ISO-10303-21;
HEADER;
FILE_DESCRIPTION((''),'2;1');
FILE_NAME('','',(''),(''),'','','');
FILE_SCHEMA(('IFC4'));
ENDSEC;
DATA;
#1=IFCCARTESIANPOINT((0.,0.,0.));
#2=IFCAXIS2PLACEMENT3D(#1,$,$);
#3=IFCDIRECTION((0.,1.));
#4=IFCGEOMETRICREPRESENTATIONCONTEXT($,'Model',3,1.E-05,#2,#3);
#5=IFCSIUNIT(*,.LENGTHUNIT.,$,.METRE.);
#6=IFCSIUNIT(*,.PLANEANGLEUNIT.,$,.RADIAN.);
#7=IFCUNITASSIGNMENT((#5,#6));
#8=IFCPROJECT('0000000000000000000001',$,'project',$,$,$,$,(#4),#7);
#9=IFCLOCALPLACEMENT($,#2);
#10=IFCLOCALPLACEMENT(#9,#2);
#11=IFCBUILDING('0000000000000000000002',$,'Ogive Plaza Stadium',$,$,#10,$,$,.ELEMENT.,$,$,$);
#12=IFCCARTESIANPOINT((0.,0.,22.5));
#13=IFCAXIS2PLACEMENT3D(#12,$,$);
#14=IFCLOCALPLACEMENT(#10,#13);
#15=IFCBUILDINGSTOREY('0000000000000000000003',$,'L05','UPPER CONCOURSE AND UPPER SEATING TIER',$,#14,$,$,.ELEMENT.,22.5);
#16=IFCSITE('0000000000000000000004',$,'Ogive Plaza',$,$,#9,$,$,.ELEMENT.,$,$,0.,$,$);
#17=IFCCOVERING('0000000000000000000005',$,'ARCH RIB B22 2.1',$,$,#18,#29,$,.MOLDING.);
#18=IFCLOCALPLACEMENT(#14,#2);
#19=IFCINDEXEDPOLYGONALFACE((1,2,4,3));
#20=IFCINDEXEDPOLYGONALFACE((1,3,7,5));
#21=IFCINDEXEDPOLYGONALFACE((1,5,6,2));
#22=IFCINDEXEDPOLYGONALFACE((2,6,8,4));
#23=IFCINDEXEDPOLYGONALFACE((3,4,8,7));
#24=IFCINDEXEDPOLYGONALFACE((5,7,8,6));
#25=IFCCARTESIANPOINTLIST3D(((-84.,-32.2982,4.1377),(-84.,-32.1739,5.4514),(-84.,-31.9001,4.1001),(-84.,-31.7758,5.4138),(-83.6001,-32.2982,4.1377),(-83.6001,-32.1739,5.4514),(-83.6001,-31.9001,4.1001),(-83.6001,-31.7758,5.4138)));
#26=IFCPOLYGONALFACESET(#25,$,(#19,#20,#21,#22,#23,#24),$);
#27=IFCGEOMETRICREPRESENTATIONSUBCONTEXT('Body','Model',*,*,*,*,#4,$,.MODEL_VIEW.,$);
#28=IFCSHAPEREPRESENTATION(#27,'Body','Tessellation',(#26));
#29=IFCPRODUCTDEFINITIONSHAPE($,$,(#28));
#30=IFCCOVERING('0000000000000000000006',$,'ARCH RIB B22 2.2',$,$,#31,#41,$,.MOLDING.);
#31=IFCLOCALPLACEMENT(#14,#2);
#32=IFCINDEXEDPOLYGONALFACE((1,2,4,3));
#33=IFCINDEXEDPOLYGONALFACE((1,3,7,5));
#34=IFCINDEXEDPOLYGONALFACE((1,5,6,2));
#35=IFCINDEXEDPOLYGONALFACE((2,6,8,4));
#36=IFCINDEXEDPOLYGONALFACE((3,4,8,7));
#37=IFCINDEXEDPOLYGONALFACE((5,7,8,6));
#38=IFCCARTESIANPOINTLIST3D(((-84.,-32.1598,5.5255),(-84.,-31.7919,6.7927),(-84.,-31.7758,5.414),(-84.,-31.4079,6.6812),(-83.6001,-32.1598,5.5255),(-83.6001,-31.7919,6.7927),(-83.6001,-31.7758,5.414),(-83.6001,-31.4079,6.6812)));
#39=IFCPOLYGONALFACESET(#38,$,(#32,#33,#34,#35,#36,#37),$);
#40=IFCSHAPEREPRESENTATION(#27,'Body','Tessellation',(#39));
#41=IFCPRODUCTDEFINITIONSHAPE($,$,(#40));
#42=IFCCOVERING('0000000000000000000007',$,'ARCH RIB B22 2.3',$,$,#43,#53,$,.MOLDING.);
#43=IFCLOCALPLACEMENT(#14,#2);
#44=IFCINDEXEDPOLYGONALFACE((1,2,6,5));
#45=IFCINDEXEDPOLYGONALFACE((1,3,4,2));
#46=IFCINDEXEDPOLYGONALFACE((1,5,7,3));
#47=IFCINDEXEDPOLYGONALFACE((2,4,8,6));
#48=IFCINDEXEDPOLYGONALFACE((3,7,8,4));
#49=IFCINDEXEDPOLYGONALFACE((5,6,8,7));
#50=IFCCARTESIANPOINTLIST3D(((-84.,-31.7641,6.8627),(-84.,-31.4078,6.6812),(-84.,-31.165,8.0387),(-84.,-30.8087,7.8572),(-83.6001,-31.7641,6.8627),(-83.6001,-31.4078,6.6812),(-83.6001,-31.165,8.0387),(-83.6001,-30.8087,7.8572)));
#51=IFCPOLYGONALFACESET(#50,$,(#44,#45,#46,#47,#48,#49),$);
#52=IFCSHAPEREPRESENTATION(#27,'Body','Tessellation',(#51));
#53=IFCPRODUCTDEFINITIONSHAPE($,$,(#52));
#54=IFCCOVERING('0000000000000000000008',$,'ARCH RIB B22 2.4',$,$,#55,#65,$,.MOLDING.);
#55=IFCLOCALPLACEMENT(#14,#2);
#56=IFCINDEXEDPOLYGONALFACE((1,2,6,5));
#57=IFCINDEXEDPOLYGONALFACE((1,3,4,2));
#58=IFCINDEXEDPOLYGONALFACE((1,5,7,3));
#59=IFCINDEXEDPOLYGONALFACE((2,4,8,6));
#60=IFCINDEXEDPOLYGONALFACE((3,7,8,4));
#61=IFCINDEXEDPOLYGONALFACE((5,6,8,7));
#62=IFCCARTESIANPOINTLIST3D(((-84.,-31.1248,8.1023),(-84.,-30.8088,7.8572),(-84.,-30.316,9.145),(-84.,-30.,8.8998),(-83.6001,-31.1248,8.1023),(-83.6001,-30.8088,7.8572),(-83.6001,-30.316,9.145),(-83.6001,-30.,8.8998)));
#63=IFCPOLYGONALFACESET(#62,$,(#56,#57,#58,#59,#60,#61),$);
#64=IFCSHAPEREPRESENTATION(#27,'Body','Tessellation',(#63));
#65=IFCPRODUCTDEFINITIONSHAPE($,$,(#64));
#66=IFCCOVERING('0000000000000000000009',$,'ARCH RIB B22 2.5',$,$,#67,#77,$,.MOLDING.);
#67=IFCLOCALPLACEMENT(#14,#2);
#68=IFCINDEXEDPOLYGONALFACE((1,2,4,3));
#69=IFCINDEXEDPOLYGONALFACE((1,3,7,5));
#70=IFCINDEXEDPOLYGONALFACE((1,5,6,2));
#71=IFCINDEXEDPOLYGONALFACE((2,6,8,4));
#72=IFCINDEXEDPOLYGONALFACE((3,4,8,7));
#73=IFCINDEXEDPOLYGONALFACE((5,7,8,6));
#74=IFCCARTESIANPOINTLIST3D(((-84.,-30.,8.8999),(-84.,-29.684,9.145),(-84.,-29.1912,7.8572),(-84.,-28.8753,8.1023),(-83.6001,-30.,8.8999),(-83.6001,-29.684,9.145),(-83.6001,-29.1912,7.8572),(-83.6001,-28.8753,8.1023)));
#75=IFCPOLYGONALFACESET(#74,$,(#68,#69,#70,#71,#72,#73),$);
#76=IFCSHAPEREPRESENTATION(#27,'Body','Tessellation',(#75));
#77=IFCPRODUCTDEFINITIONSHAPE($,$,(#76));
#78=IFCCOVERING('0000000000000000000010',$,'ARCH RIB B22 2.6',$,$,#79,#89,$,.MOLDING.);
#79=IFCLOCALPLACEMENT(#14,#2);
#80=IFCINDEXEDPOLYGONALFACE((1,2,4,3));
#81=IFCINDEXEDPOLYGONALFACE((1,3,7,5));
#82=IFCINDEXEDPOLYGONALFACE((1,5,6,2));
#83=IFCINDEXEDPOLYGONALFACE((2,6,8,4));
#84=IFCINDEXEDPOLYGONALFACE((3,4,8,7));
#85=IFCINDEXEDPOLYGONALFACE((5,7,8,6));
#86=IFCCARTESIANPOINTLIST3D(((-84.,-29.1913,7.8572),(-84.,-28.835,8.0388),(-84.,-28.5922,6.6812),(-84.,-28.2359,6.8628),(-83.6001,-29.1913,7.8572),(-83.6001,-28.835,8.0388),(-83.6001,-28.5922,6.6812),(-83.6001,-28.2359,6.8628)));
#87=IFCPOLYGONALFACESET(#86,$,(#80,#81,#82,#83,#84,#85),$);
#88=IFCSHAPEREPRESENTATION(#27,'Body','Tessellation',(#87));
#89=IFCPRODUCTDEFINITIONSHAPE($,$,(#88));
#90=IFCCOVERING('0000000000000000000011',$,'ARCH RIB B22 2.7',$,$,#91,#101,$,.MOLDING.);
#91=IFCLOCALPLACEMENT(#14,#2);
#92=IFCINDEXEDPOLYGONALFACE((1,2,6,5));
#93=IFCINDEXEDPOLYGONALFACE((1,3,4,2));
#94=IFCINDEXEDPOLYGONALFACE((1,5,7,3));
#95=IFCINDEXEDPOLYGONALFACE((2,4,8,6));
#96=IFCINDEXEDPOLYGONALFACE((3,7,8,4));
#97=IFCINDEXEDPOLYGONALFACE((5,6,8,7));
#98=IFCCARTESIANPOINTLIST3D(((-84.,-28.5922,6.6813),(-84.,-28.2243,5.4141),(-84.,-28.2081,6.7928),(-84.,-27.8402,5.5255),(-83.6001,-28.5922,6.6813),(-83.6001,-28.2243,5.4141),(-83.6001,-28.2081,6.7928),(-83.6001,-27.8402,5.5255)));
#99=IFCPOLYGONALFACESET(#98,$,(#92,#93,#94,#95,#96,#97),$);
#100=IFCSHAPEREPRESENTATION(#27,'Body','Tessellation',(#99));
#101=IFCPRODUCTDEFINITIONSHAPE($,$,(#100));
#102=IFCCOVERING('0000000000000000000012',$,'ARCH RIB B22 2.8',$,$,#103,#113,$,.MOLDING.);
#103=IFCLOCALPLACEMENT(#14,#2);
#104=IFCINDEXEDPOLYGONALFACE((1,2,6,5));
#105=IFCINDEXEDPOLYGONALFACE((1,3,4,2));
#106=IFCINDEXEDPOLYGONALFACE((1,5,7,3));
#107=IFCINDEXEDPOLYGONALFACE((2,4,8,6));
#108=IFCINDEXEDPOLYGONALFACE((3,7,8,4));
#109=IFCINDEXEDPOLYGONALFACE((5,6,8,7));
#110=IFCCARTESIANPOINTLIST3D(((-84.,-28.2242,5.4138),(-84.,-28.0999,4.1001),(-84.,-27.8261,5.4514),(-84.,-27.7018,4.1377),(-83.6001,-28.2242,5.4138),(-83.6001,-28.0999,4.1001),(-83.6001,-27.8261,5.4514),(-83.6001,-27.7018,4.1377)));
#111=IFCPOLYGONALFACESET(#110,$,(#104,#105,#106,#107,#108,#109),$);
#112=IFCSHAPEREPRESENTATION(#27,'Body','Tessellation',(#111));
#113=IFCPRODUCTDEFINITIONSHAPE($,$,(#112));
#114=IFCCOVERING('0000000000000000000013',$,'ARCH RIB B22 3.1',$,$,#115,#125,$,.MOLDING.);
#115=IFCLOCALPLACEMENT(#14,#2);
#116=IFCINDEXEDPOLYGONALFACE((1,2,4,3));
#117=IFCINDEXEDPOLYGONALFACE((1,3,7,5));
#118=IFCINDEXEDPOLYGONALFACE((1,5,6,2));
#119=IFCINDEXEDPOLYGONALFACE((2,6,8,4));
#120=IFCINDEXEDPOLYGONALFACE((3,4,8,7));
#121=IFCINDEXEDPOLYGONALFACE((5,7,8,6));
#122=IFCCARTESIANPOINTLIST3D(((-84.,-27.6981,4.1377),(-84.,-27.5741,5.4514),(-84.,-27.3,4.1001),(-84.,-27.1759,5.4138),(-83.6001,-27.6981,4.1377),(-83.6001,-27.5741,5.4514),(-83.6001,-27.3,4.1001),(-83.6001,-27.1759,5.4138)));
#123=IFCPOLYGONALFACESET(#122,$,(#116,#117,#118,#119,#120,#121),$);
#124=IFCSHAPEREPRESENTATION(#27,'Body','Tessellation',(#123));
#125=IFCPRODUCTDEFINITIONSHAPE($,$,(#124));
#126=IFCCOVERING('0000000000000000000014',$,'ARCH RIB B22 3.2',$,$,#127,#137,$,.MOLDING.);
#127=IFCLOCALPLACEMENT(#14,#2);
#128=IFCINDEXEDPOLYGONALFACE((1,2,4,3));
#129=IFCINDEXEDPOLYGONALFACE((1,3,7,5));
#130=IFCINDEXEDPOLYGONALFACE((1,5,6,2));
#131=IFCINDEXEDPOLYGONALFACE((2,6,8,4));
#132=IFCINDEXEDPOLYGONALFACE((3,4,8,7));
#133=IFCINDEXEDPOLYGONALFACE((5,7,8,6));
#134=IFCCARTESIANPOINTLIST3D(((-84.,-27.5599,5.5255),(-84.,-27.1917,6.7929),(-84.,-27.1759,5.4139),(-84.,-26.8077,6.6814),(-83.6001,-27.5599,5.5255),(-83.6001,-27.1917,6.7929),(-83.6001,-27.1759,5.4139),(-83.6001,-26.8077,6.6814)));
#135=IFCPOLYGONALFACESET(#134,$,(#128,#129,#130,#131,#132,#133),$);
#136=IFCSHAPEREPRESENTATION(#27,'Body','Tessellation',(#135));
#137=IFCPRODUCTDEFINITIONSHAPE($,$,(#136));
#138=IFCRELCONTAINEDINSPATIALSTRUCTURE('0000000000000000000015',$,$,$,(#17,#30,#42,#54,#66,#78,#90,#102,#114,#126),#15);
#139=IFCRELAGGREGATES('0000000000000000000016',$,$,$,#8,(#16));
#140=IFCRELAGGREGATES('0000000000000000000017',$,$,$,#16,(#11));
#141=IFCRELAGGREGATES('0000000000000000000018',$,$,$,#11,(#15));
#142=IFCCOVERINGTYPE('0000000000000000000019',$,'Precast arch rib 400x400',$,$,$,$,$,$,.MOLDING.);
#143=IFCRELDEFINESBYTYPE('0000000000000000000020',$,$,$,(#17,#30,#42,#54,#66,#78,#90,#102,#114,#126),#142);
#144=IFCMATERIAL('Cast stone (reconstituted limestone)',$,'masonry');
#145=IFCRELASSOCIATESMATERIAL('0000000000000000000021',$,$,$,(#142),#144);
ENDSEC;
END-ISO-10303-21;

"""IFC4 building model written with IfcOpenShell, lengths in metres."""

from ifc_helpers import new_model, si_unit, direction, frame, origin, origin_2d, place, context, subcontext, project, spatial, rectangle, extrude, material, material_profile, profile_set, type_object, element, save


model = new_model("IFC4")

# Units and contexts
model_context = context("Model", 3, precision=1e-05, world=origin(), true_north=direction((0.0, 1.0)))
body_context = subcontext(model_context, "Body", "Model", "MODEL_VIEW")
ifc_project = project(units=[si_unit("LENGTHUNIT", "METRE"), si_unit("PLANEANGLEUNIT", "RADIAN")], contexts=[model_context])

# Site, building, storey
site_placement = place(None, origin())
site = spatial("IfcSite", under=ifc_project, at=site_placement, Name="Ogive Plaza", CompositionType="ELEMENT", RefElevation=0.0)
building_placement = place(site_placement, origin())
building = spatial("IfcBuilding", under=site, at=building_placement, Name="Ogive Plaza Stadium", CompositionType="ELEMENT")
storey_placement = place(building_placement, frame((0.0, 0.0, 22.5)))
storey = spatial("IfcBuildingStorey", under=building, at=storey_placement, Name="L05", Description="UPPER CONCOURSE AND UPPER SEATING TIER", CompositionType="ELEMENT", Elevation=22.5)

# Coverings
ifc_material_1 = material(Name="Cast stone (reconstituted limestone)", Category="masonry")
ifc_material_profile_1 = material_profile(ifc_material_1, rectangle(XDim=0.3999, YDim=0.3999, at=origin_2d()), Name="Cast stone 400x400")
ifc_profile_set_1 = profile_set([ifc_material_profile_1], Name="Cast stone (reconstituted limestone)")
covering_type = type_object("IfcCoveringType", Name="Precast arch rib 400x400", PredefinedType="MOLDING", material=ifc_profile_set_1)
for number, where, z_axis, x_axis, name in (
    (1, (-83.8, -32.0991, 4.1189), (0.0, 0.094172, 0.995556), (-1.0, 0.0, 0.0), "ARCH RIB B22 2.1"),
    (2, (-83.8, -31.9678, 5.4697), (0.0, 0.278799, 0.960349), (-1.0, 0.0, 0.0), "ARCH RIB B22 2.2"),
):
    element("IfcCovering", number, at=place(storey_placement, frame(where, z_axis=z_axis, x_axis=x_axis)), inside=storey, type_object=covering_type, Name=name, PredefinedType="MOLDING", context=body_context, shape_type="SweptSolid", body=[
        extrude(rectangle(XDim=0.3999, YDim=0.3999, at=origin_2d()), origin(), (0.0, 0.0, 1.0), 1.3196),
    ])
covering_1_placement = place(storey_placement, frame((-83.8, -31.5859, 6.772), z_axis=(0.0, 0.453934, 0.891035), x_axis=(-1.0, 0.0, 0.0)))
element("IfcCovering", 3, at=covering_1_placement, inside=storey, type_object=covering_type, Name="ARCH RIB B22 2.3", PredefinedType="MOLDING", context=body_context, shape_type="SweptSolid", body=[
    extrude(rectangle(XDim=0.3999, YDim=0.3999, at=origin_2d()), origin(), (0.0, 0.0, 1.0), 1.3198),
])
for number, where, z_axis, x_axis, name in (
    (4, (-83.8, -30.9668, 7.9797), (0.0, 0.612915, 0.790148), (-1.0, 0.0, 0.0), "ARCH RIB B22 2.4"),
    (5, (-83.8, -29.842, 9.0225), (0.0, 0.612915, -0.790148), (-1.0, 0.0, 0.0), "ARCH RIB B22 2.5"),
):
    element("IfcCovering", number, at=place(storey_placement, frame(where, z_axis=z_axis, x_axis=x_axis)), inside=storey, type_object=covering_type, Name=name, PredefinedType="MOLDING", context=body_context, shape_type="SweptSolid", body=[
        extrude(rectangle(XDim=0.3999, YDim=0.3999, at=origin_2d()), origin(), (0.0, 0.0, 1.0), 1.3196),
    ])
covering_2_placement = place(storey_placement, frame((-83.8, -29.0132, 7.948), z_axis=(0.0, 0.453934, -0.891035), x_axis=(-1.0, 0.0, 0.0)))
element("IfcCovering", 6, at=covering_2_placement, inside=storey, type_object=covering_type, Name="ARCH RIB B22 2.6", PredefinedType="MOLDING", context=body_context, shape_type="SweptSolid", body=[
    extrude(rectangle(XDim=0.3999, YDim=0.3999, at=origin_2d()), origin(), (0.0, 0.0, 1.0), 1.3198),
])
for number, where, z_axis, x_axis, name in (
    (7, (-83.8, -28.4001, 6.7371), (0.0, 0.278799, -0.960349), (-1.0, 0.0, 0.0), "ARCH RIB B22 2.7"),
    (8, (-83.8, -28.0251, 5.4326), (0.0, 0.094172, -0.995556), (-1.0, 0.0, 0.0), "ARCH RIB B22 2.8"),
    (9, (-83.8, -27.499, 4.1189), (0.0, 0.093988, 0.995573), (-1.0, 0.0, 0.0), "ARCH RIB B22 3.1"),
):
    element("IfcCovering", number, at=place(storey_placement, frame(where, z_axis=z_axis, x_axis=x_axis)), inside=storey, type_object=covering_type, Name=name, PredefinedType="MOLDING", context=body_context, shape_type="SweptSolid", body=[
        extrude(rectangle(XDim=0.3999, YDim=0.3999, at=origin_2d()), origin(), (0.0, 0.0, 1.0), 1.3196),
    ])
covering_3_placement = place(storey_placement, frame((-83.8, -27.3679, 5.4697), z_axis=(0.0, 0.27897, 0.9603), x_axis=(-1.0, 0.0, 0.0)))
element("IfcCovering", 10, at=covering_3_placement, inside=storey, type_object=covering_type, Name="ARCH RIB B22 3.2", PredefinedType="MOLDING", context=body_context, shape_type="SweptSolid", body=[
    extrude(rectangle(XDim=0.3999, YDim=0.3999, at=origin_2d()), origin(), (0.0, 0.0, 1.0), 1.3198),
])

save(model, "model.ifc")
